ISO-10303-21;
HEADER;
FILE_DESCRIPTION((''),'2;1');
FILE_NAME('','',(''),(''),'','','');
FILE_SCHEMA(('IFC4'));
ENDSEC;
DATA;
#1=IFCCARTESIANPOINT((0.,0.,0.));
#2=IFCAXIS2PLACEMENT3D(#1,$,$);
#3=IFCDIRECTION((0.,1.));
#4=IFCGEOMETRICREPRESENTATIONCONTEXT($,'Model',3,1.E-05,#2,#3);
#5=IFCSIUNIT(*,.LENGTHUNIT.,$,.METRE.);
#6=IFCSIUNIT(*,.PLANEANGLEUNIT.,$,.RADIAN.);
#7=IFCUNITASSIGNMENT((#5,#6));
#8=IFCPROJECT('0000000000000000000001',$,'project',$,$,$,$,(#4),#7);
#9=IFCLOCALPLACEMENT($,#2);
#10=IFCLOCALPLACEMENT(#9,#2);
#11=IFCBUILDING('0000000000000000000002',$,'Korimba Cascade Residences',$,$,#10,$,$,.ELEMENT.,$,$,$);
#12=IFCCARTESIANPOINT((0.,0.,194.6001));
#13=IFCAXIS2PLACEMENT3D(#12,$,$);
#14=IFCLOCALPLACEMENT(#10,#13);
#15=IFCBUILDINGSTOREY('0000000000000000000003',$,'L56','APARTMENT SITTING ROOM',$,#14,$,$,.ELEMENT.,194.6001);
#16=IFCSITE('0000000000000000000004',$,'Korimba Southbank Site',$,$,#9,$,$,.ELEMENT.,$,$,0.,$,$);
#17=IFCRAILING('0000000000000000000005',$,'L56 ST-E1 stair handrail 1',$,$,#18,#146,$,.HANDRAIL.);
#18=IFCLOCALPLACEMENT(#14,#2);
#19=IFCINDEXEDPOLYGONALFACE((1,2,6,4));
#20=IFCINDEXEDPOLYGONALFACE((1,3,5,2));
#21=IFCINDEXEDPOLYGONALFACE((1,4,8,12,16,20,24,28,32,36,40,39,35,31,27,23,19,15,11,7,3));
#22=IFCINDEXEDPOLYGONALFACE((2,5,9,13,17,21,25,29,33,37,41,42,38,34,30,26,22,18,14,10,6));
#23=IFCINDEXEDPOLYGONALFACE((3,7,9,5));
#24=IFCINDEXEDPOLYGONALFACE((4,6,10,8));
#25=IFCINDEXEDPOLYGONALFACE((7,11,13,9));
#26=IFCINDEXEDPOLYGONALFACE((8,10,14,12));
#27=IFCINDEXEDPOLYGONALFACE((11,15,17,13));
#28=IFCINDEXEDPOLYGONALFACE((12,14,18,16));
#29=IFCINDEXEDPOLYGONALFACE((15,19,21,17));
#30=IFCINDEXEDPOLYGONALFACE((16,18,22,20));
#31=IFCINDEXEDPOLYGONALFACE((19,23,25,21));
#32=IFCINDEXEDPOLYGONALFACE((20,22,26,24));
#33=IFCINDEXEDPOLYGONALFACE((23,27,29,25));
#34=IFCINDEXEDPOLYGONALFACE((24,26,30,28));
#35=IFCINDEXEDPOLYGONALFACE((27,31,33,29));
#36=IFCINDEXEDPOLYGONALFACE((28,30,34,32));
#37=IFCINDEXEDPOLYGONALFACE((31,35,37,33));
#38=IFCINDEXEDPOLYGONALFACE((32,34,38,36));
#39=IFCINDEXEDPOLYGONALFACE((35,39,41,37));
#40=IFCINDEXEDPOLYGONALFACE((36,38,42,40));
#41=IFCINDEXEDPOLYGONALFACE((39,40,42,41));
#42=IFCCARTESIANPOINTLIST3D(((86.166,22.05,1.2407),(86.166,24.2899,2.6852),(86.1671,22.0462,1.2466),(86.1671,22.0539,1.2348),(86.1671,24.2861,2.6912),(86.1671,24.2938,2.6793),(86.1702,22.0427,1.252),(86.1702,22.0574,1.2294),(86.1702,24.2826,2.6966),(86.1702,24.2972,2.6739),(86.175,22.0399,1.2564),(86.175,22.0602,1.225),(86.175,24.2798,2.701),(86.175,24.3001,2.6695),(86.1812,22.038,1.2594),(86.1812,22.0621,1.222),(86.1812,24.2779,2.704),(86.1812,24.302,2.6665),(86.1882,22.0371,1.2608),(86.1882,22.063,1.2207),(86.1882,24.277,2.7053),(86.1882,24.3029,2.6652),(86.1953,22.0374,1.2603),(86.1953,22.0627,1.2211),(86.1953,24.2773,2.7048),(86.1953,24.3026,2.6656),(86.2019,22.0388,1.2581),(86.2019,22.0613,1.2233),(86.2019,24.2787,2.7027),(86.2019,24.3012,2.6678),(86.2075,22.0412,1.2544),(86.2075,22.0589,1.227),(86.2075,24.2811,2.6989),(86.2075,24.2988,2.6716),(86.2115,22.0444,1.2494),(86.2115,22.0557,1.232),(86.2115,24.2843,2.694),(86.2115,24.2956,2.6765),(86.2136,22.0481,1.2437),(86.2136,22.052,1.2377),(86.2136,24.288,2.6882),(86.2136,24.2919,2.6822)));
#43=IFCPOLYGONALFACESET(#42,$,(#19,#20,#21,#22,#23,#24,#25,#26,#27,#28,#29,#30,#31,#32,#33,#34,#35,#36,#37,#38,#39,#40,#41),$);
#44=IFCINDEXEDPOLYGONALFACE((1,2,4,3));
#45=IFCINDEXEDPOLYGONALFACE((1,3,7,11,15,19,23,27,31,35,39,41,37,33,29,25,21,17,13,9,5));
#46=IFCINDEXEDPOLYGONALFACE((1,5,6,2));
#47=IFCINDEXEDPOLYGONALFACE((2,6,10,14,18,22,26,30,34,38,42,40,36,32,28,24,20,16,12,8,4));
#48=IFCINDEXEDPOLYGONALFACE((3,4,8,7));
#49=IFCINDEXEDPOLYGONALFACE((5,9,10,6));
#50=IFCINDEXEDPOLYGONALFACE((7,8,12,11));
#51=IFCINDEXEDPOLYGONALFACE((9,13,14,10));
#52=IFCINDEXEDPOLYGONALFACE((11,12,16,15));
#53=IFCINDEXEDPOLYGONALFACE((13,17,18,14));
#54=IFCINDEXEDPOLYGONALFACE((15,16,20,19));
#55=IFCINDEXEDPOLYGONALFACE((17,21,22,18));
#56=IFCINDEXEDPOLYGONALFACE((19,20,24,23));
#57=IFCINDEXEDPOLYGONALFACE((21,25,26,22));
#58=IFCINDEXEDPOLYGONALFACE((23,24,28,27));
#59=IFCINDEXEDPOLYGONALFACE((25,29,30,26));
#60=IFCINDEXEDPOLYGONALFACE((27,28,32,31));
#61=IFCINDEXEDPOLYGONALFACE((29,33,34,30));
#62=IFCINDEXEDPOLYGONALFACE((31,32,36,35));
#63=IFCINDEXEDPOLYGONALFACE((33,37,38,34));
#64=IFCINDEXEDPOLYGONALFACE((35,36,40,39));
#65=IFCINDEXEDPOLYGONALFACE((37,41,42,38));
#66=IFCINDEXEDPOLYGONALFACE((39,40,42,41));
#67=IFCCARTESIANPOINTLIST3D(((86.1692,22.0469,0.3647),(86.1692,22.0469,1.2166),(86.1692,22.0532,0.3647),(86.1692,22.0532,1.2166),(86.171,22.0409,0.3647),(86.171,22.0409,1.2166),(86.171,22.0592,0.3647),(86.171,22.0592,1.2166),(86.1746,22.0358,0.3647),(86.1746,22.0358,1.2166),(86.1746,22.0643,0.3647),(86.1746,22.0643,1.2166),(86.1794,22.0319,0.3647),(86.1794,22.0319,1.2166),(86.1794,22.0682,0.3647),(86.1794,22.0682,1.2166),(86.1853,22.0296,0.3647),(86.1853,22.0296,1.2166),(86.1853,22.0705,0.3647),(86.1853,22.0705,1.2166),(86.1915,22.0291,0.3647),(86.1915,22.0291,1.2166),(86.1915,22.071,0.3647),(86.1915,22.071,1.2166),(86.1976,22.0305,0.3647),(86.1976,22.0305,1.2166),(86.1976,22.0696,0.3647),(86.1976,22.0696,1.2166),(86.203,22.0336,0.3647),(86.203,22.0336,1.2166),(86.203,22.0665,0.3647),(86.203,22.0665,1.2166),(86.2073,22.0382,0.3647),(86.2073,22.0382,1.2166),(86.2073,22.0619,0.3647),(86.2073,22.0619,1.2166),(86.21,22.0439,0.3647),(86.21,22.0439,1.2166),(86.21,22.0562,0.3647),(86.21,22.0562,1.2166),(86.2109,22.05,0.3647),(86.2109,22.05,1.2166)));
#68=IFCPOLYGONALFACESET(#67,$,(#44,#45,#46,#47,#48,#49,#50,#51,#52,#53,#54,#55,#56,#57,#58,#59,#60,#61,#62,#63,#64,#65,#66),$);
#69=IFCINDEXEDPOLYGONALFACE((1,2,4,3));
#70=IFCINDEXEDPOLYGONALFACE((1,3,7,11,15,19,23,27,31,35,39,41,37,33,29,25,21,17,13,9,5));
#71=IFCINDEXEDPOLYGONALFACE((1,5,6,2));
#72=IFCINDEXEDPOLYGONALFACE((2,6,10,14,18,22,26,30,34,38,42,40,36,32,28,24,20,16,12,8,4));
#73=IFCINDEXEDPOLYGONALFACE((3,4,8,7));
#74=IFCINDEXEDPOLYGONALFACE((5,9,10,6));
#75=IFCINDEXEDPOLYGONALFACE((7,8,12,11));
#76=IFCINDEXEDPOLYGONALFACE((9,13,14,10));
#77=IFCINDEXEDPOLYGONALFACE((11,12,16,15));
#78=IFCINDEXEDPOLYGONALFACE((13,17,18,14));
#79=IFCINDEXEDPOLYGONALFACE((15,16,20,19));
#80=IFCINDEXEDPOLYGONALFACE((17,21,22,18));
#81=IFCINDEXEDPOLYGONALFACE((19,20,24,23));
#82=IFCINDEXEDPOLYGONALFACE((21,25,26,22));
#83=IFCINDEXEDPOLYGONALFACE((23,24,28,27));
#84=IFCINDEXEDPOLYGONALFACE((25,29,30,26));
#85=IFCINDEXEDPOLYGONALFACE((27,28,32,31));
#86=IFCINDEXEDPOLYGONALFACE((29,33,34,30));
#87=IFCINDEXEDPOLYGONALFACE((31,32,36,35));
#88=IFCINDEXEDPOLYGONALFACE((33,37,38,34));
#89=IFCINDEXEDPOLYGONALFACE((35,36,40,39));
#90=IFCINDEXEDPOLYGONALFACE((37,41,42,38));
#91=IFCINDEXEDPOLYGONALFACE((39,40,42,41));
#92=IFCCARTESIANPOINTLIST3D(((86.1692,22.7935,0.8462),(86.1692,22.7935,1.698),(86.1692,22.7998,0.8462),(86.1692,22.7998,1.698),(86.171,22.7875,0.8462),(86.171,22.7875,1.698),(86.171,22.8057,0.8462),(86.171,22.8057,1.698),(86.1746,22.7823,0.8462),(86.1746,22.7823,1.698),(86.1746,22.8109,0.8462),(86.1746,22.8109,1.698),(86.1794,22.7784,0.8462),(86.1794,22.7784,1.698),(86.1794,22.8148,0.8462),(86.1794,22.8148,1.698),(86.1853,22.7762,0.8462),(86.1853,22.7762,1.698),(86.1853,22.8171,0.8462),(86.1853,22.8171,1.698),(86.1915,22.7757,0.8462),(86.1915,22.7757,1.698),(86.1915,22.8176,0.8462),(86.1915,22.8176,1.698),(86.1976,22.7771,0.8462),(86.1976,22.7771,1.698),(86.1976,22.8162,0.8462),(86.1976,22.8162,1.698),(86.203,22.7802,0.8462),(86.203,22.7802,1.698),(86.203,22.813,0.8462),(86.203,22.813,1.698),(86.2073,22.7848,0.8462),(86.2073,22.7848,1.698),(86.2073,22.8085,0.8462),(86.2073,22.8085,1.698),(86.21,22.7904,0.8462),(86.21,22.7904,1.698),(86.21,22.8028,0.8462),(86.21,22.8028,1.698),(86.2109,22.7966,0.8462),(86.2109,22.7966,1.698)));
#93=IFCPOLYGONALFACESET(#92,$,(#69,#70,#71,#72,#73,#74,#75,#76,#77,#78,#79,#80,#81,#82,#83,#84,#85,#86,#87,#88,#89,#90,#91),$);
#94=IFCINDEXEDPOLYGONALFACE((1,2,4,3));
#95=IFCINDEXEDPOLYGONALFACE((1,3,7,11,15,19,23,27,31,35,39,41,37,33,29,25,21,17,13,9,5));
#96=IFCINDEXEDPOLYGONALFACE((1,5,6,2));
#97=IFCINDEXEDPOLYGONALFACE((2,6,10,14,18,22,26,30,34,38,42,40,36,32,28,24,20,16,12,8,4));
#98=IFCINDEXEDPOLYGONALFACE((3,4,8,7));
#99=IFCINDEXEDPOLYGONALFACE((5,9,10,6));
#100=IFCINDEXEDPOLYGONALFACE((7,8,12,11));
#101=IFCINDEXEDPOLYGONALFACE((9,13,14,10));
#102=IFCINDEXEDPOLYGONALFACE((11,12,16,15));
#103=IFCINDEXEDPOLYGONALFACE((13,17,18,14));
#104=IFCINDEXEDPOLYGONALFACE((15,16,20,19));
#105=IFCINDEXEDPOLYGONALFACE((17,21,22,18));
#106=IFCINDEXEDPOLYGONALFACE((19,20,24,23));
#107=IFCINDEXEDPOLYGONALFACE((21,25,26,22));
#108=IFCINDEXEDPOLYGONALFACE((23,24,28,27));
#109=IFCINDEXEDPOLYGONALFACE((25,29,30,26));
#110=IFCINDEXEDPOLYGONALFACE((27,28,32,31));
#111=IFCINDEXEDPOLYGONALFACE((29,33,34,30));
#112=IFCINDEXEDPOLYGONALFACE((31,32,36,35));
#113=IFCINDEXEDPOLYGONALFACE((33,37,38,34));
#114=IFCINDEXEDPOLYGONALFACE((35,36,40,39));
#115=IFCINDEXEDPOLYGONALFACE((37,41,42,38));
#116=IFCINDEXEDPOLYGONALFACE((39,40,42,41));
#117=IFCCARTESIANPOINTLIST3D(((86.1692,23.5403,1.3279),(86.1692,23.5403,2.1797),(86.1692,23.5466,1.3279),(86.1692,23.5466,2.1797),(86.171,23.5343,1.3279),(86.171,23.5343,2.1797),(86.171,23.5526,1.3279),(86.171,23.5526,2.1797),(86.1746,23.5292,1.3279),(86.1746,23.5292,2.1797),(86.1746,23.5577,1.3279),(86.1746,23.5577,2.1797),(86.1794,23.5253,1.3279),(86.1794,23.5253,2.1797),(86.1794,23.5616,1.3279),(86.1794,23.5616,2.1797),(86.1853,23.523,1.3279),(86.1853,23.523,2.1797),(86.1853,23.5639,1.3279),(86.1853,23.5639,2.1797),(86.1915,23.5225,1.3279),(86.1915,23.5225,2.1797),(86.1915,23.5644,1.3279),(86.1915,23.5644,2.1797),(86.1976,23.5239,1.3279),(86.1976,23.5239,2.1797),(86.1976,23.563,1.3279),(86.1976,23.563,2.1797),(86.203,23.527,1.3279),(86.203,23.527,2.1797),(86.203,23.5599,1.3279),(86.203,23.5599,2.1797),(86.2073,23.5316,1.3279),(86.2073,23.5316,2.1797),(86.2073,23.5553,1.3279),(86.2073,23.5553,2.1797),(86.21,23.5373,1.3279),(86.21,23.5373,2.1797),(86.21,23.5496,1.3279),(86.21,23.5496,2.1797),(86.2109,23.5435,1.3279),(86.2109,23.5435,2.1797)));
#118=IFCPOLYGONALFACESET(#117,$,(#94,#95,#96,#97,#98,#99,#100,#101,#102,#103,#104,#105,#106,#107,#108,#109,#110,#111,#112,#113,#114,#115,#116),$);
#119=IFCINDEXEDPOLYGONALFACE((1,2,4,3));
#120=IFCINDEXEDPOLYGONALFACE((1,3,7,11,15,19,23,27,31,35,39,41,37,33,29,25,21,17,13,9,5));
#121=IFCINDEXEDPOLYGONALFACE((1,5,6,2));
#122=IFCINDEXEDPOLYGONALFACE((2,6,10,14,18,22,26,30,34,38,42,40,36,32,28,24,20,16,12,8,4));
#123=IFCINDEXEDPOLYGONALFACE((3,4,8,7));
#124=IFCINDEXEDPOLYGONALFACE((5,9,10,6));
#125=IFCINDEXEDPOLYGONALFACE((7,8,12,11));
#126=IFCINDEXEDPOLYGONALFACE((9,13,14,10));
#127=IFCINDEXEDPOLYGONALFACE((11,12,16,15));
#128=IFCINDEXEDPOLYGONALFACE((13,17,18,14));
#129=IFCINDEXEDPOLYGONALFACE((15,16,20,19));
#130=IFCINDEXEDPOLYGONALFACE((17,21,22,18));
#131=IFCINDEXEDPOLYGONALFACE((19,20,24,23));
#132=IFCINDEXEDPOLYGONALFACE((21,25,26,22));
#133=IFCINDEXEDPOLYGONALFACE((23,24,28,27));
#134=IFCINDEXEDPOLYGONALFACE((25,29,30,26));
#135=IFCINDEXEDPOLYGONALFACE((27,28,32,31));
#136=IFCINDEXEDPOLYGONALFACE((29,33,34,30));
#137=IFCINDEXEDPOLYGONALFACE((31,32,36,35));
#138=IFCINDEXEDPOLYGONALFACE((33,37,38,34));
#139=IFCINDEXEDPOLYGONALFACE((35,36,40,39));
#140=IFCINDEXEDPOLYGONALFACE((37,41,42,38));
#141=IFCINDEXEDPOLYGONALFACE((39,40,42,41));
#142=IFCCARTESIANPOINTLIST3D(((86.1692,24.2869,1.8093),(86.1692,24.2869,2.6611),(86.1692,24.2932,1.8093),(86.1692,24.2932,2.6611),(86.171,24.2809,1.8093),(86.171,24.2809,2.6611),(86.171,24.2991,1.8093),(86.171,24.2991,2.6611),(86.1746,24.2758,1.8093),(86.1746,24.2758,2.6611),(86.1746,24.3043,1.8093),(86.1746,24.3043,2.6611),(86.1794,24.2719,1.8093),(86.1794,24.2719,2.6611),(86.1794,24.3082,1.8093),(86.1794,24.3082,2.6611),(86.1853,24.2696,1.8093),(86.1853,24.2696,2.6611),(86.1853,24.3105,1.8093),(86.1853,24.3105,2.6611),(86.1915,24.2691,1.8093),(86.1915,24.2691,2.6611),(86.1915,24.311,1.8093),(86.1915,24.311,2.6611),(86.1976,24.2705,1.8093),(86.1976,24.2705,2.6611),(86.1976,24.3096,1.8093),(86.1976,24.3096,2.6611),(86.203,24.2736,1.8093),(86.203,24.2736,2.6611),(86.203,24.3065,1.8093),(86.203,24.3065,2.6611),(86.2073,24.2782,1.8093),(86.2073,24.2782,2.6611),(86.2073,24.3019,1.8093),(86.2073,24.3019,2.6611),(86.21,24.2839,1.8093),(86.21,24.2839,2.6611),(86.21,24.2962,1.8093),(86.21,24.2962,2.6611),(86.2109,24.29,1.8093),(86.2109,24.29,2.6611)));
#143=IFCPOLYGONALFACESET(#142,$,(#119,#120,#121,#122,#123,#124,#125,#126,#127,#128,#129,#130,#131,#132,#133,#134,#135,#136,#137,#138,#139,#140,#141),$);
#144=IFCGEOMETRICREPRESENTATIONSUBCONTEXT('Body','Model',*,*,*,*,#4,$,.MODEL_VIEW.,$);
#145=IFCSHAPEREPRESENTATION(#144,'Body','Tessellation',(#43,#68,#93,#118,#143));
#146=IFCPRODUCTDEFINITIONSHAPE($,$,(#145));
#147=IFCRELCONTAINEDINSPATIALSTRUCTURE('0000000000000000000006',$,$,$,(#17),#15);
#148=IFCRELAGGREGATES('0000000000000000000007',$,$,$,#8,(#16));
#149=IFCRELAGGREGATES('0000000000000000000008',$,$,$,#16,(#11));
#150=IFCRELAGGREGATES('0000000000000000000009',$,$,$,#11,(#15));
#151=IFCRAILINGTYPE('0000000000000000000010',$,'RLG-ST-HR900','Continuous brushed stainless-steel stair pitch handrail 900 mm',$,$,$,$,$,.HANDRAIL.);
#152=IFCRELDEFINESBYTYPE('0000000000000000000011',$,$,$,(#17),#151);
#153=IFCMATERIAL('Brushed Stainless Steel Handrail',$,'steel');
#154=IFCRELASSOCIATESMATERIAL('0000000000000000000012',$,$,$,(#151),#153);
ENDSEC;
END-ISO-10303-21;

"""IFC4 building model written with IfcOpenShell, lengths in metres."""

from ifc_helpers import new_model, si_unit, direction, frame, origin, origin_2d, place, context, subcontext, project, spatial, circle, extrude, material, type_object, element, save


model = new_model("IFC4")

# Units and contexts
model_context = context("Model", 3, precision=1e-05, world=origin(), true_north=direction((0.0, 1.0)))
body_context = subcontext(model_context, "Body", "Model", "MODEL_VIEW")
ifc_project = project(units=[si_unit("LENGTHUNIT", "METRE"), si_unit("PLANEANGLEUNIT", "RADIAN")], contexts=[model_context])

# Site, building, storey
site_placement = place(None, origin())
site = spatial("IfcSite", under=ifc_project, at=site_placement, Name="Korimba Southbank Site", CompositionType="ELEMENT", RefElevation=0.0)
building_placement = place(site_placement, origin())
building = spatial("IfcBuilding", under=site, at=building_placement, Name="Korimba Cascade Residences", CompositionType="ELEMENT")
storey_placement = place(building_placement, frame((0.0, 0.0, 194.6001)))
storey = spatial("IfcBuildingStorey", under=building, at=storey_placement, Name="L56", Description="APARTMENT SITTING ROOM", CompositionType="ELEMENT", Elevation=194.6001)

# Railing
ifc_material_1 = material(Name="Brushed Stainless Steel Handrail", Category="steel")
railing_type = type_object("IfcRailingType", Name="RLG-ST-HR900", Description="Continuous brushed stainless-steel stair pitch handrail 900 mm", PredefinedType="HANDRAIL", material=ifc_material_1)
railing_placement = place(storey_placement, frame((86.1899, 22.05, 0.3647)))
element("IfcRailing", 1, at=railing_placement, inside=storey, type_object=railing_type, Name="L56 ST-E1 stair handrail 1", PredefinedType="HANDRAIL", context=body_context, shape_type="SweptSolid", body=[
    extrude(circle(Radius=0.0239, at=origin_2d()), frame((0.0, 0.0, 0.876), z_axis=(0.0, 0.840395, 0.541975), x_axis=(-1.0, 0.0, 0.0)), (0.0, 0.0, 1.0), 2.6653),
    extrude(circle(Radius=0.021, at=origin_2d()), origin(), (0.0, 0.0, 1.0), 0.8518),
    extrude(circle(Radius=0.021, at=origin_2d()), frame((0.0, 0.7466, 0.4814)), (0.0, 0.0, 1.0), 0.8518),
    extrude(circle(Radius=0.021, at=origin_2d()), frame((0.0, 1.4934, 0.9631)), (0.0, 0.0, 1.0), 0.8518),
    extrude(circle(Radius=0.021, at=origin_2d()), frame((0.0, 2.24, 1.4446)), (0.0, 0.0, 1.0), 0.8518),
])

save(model, "model.ifc")
